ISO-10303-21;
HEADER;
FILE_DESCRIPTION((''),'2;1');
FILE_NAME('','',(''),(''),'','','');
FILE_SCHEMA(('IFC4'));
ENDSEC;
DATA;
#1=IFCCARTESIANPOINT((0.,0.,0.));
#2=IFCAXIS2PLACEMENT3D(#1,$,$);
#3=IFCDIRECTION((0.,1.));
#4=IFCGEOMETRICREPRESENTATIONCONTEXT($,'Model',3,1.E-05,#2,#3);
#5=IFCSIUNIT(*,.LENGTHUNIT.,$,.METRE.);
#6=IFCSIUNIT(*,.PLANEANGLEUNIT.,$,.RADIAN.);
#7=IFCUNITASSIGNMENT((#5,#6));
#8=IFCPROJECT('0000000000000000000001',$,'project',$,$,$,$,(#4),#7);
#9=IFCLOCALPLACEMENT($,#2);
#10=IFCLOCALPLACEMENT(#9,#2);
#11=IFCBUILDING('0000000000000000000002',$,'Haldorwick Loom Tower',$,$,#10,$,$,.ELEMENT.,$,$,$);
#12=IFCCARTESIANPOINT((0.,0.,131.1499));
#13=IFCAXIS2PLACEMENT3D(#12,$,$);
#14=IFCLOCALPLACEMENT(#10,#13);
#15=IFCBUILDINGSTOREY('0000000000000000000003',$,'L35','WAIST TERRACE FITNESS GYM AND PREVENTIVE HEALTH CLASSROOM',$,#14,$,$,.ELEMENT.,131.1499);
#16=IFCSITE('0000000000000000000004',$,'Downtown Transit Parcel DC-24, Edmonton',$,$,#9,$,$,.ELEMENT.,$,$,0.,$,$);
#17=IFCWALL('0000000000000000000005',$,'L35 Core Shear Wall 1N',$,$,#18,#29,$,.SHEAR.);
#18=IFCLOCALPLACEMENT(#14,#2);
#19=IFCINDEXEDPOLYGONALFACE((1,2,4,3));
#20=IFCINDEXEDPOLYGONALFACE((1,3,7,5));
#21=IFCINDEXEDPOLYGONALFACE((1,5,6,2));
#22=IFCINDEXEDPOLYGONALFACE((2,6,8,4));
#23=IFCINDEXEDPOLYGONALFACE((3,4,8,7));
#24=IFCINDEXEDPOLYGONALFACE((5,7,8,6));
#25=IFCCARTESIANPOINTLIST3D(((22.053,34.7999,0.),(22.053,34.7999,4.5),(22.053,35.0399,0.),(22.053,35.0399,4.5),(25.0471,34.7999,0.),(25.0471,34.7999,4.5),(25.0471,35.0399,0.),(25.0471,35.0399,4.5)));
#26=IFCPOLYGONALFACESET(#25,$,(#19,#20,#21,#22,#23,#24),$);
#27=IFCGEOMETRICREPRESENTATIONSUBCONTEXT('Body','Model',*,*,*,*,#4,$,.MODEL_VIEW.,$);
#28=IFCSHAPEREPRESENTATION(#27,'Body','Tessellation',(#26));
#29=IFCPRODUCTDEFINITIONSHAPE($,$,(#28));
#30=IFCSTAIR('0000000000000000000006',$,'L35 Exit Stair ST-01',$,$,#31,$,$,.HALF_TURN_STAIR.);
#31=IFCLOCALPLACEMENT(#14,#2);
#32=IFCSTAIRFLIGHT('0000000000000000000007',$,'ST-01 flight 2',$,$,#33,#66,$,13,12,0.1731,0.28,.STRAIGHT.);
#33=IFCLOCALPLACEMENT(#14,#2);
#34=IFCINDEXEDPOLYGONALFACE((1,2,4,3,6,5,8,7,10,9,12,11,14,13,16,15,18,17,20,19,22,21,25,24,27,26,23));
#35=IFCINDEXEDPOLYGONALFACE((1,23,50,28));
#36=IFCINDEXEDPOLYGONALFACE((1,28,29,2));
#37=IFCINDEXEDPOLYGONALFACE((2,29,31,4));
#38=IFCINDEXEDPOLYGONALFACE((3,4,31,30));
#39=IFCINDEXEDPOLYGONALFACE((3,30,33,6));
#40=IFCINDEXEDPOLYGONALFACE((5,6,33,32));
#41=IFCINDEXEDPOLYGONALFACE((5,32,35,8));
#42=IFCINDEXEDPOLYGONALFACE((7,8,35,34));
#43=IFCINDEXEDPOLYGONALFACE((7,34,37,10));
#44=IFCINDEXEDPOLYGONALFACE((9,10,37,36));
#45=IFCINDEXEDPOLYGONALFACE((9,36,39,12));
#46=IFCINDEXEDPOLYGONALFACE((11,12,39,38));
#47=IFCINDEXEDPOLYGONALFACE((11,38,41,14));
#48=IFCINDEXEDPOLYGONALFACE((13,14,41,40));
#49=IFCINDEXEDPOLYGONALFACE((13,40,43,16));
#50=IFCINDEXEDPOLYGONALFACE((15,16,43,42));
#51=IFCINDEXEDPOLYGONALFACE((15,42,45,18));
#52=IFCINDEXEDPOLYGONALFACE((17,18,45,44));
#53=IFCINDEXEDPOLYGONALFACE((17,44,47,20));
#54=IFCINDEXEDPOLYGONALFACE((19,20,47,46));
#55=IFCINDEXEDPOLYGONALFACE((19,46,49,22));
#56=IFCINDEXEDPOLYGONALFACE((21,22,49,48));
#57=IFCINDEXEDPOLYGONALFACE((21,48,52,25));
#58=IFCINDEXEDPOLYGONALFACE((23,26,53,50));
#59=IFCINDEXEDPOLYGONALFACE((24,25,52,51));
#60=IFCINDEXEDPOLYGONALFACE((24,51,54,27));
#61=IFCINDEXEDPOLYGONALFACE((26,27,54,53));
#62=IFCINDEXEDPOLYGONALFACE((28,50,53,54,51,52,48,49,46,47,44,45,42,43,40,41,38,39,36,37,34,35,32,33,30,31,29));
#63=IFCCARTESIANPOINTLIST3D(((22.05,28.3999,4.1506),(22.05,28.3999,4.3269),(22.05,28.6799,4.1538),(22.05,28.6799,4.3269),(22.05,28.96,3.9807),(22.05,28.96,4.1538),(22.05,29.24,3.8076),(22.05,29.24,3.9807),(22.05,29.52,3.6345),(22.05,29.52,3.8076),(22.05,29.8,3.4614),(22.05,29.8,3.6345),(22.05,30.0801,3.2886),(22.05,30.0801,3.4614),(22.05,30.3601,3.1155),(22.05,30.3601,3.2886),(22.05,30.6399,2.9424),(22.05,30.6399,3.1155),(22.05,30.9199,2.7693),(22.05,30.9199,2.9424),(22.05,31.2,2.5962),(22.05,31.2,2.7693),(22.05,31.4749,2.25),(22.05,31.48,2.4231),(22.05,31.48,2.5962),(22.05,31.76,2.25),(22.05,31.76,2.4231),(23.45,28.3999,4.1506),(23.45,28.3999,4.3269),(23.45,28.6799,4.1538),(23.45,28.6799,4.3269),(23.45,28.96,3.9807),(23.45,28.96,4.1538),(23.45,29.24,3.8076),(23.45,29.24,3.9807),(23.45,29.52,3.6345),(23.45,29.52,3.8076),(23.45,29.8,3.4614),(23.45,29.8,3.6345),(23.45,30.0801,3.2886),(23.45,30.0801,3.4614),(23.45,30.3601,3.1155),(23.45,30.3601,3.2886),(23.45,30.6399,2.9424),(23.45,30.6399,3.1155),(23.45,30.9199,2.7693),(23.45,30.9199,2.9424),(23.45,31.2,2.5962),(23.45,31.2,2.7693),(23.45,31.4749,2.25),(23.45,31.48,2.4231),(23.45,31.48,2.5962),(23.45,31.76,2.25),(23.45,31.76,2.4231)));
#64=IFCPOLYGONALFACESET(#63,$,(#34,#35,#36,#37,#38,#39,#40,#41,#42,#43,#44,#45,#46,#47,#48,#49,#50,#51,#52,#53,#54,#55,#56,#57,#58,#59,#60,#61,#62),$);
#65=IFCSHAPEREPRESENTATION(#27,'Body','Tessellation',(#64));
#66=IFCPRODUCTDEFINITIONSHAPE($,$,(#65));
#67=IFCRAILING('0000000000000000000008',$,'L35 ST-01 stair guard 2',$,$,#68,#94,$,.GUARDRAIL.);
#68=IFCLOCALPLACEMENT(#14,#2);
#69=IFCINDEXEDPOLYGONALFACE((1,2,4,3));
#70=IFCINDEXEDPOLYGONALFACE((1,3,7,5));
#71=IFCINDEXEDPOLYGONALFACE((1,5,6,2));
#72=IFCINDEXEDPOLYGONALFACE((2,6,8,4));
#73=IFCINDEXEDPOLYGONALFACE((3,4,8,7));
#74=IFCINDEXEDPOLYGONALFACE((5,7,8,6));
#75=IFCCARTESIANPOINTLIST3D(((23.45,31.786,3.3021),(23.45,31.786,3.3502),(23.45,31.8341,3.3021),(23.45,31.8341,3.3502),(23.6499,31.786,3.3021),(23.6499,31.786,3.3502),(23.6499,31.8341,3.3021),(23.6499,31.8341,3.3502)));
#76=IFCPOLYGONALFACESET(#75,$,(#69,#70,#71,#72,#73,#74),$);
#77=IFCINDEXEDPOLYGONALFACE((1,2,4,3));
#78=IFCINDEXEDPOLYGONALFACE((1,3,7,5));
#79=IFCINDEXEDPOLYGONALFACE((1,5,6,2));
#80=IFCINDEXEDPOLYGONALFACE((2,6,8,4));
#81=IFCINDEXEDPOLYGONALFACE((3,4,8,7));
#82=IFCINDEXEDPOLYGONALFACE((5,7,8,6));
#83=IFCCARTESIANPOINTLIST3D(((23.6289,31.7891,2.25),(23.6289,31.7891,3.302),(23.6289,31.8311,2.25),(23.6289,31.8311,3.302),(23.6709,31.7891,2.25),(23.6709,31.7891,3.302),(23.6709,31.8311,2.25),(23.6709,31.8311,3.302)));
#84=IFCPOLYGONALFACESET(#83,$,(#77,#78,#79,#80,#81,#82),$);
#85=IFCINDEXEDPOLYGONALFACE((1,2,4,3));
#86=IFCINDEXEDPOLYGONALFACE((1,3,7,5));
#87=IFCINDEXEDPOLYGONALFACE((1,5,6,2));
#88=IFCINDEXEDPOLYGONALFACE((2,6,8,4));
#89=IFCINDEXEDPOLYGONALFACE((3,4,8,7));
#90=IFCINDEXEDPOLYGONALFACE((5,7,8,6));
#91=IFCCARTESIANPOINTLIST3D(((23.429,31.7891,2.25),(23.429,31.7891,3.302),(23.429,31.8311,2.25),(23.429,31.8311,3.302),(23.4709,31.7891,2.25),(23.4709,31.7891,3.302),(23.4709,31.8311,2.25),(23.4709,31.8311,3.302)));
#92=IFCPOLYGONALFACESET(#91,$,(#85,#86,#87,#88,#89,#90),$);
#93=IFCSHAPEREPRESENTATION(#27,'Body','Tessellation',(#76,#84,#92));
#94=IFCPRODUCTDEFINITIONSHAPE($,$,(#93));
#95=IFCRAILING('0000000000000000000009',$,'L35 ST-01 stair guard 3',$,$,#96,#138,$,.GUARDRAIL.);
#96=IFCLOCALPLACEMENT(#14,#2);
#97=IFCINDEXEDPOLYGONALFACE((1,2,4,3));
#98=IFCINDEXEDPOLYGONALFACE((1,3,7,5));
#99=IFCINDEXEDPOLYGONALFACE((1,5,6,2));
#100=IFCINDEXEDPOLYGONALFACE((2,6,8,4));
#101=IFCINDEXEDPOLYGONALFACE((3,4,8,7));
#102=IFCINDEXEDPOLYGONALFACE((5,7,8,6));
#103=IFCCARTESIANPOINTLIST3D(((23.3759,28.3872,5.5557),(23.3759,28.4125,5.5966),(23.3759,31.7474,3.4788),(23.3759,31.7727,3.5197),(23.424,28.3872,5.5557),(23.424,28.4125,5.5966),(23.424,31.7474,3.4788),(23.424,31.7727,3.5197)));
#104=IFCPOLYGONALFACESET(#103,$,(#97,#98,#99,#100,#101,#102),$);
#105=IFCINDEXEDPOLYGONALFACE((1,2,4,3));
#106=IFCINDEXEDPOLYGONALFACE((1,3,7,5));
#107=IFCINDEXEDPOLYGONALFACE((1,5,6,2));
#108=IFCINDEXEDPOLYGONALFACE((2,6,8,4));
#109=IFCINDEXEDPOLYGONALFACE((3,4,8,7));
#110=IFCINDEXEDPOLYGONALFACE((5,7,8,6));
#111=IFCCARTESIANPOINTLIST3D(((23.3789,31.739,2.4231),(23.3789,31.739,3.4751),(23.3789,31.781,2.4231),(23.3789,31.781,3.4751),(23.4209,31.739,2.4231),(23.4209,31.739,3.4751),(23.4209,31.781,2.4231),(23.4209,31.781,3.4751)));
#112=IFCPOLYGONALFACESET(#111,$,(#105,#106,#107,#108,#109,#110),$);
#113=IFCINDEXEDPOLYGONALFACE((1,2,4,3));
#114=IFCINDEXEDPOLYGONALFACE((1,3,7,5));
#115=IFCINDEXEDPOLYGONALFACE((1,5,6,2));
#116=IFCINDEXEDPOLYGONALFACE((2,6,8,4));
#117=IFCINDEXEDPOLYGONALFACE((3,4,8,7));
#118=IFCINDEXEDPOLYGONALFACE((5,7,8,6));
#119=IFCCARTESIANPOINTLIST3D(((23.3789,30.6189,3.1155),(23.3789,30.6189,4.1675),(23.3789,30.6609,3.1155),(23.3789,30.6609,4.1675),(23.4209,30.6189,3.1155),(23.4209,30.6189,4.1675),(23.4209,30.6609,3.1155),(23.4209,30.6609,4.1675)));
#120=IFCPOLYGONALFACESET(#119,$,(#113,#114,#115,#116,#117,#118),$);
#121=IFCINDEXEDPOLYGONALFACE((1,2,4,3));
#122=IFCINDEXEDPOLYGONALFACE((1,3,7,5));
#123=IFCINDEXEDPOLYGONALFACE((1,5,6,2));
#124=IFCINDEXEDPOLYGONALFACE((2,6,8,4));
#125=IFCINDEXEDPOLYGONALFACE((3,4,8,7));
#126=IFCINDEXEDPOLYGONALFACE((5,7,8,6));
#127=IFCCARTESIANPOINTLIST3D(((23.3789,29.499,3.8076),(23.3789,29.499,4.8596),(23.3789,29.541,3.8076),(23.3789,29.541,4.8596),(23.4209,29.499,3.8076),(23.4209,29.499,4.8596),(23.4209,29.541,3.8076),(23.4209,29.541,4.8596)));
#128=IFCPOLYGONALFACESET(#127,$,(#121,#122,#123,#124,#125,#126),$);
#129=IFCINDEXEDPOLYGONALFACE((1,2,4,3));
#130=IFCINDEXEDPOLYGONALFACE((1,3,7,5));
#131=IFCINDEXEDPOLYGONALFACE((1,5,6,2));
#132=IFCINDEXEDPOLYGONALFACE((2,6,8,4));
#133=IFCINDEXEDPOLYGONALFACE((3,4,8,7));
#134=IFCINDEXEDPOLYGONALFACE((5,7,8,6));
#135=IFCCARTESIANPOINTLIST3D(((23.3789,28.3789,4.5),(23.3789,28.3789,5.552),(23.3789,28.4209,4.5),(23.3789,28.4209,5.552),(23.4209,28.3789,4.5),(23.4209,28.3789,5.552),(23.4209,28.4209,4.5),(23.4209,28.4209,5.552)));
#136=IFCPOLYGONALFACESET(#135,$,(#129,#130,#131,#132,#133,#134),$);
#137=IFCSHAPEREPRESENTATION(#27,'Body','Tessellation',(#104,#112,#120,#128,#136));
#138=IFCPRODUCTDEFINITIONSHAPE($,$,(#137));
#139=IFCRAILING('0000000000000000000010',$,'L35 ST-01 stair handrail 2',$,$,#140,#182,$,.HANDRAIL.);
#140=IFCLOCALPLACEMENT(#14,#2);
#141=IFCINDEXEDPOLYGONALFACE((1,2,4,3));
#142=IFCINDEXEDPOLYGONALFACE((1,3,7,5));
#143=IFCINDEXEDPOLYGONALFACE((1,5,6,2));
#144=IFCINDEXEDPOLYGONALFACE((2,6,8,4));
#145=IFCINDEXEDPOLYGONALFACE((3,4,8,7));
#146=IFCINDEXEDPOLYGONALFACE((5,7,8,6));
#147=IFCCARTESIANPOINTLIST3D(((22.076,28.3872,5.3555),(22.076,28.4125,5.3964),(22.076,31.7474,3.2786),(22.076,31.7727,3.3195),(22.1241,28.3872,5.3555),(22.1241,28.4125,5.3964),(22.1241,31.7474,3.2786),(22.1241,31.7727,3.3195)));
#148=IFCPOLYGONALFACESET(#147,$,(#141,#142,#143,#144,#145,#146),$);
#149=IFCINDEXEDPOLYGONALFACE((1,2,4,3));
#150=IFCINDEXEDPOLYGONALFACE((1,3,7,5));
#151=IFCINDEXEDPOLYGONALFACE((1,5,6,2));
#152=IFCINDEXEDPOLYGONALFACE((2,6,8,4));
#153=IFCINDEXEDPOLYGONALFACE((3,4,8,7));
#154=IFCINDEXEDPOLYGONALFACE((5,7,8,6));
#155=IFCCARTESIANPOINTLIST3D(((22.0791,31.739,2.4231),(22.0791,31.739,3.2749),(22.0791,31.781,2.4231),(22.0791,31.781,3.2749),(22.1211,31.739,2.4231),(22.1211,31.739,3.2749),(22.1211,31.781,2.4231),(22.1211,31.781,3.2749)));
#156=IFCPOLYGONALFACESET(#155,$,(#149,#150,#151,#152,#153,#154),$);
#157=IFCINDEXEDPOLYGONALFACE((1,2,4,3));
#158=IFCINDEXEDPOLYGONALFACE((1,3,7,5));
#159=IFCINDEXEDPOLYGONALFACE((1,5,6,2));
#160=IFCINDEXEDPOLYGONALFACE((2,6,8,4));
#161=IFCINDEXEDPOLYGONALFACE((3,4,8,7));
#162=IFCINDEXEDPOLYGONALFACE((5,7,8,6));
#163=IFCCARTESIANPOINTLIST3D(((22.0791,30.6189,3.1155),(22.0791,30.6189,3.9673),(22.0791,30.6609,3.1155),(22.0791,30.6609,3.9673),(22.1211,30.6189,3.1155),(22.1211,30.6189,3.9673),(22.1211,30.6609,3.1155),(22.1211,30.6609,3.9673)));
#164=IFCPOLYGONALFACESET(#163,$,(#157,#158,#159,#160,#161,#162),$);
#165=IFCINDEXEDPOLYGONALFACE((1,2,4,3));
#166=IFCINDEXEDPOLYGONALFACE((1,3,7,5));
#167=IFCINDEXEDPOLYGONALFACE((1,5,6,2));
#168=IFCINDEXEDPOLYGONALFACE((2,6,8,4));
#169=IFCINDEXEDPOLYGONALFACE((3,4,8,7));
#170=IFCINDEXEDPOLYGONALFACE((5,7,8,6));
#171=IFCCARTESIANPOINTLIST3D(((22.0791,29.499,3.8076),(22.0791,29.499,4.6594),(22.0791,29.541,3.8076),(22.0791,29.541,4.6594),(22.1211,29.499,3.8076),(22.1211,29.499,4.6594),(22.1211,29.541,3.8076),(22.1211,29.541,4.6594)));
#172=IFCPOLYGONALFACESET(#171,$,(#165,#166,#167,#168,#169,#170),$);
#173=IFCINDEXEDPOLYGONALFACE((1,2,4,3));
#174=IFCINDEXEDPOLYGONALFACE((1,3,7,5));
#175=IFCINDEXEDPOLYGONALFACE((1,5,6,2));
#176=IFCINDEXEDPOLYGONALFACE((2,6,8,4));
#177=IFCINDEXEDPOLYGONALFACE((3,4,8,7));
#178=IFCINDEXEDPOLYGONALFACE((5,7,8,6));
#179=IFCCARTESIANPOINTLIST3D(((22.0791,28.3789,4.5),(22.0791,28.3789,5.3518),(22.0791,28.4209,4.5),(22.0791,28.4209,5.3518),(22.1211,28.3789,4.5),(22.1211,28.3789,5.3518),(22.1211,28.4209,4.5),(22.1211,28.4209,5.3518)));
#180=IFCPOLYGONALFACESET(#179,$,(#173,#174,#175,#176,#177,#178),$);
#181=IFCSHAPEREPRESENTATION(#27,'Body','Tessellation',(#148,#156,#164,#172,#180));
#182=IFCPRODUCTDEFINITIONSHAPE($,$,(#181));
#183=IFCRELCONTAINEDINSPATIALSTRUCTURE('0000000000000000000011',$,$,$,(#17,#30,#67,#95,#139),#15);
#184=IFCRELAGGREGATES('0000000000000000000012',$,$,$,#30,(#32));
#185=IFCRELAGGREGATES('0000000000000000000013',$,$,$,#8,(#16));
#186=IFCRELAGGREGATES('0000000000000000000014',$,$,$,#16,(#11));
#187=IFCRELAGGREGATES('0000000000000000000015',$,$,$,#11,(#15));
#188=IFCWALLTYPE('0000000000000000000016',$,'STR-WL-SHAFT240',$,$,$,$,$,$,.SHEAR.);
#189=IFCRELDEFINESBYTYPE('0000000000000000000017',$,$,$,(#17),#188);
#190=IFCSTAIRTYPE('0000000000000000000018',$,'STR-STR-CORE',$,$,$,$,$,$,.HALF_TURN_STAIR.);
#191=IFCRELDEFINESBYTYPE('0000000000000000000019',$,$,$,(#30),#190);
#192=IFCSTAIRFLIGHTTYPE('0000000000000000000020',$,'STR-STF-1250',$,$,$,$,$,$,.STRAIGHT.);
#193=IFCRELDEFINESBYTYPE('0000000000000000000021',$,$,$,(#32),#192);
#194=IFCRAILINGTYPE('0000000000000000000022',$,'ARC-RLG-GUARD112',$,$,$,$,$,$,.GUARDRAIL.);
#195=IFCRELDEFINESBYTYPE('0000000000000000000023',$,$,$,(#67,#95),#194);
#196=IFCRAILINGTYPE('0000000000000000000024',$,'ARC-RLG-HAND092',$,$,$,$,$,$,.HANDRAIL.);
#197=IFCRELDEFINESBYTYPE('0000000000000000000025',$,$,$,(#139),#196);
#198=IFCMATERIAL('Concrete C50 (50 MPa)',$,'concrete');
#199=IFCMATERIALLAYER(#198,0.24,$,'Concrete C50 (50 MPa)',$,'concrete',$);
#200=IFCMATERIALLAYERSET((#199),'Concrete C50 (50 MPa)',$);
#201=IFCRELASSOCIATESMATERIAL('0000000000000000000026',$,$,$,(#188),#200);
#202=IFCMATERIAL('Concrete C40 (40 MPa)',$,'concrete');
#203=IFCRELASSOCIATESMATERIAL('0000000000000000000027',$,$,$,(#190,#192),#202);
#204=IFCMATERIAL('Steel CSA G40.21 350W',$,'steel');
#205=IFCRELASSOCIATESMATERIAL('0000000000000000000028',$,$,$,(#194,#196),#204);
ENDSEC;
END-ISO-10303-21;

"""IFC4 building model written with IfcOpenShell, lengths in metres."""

from ifc_helpers import new_model, si_unit, direction, frame, frame_2d, origin, origin_2d, place, context, subcontext, project, spatial, polyline, rectangle, outline, extrude, material, layer, layer_set, type_object, element, aggregate, save


model = new_model("IFC4")

# Units and contexts
model_context = context("Model", 3, precision=1e-05, world=origin(), true_north=direction((0.0, 1.0)))
body_context = subcontext(model_context, "Body", "Model", "MODEL_VIEW")
ifc_project = project(units=[si_unit("LENGTHUNIT", "METRE"), si_unit("PLANEANGLEUNIT", "RADIAN")], contexts=[model_context])

# Site, building, storey
site_placement = place(None, origin())
site = spatial("IfcSite", under=ifc_project, at=site_placement, Name="Downtown Transit Parcel DC-24, Edmonton", CompositionType="ELEMENT", RefElevation=0.0)
building_placement = place(site_placement, origin())
building = spatial("IfcBuilding", under=site, at=building_placement, Name="Haldorwick Loom Tower", CompositionType="ELEMENT")
storey_placement = place(building_placement, frame((0.0, 0.0, 131.1499)))
storey = spatial("IfcBuildingStorey", under=building, at=storey_placement, Name="L35", Description="WAIST TERRACE FITNESS GYM AND PREVENTIVE HEALTH CLASSROOM", CompositionType="ELEMENT", Elevation=131.1499)

# Shared definitions
ifc_material_1 = material(Name="Steel CSA G40.21 350W", Category="steel")

# Wall
ifc_material_2 = material(Name="Concrete C50 (50 MPa)", Category="concrete")
ifc_layer_1 = layer(ifc_material_2, 0.24, Name="Concrete C50 (50 MPa)", Category="concrete")
ifc_layer_set_1 = layer_set([ifc_layer_1], Name="Concrete C50 (50 MPa)")
wall_type_1 = type_object("IfcWallType", Name="STR-WL-SHAFT240", PredefinedType="SHEAR", material=ifc_layer_set_1)
wall_1_placement = place(storey_placement, frame((22.053, 34.9199, 0.0), z_axis=(0.0, 0.0, 1.0), x_axis=(1.0, 0.0, 0.0)))
element("IfcWall", 1, at=wall_1_placement, inside=storey, type_object=wall_type_1, Name="L35 Core Shear Wall 1N", PredefinedType="SHEAR", context=body_context, shape_type="SweptSolid", body=[
    extrude(rectangle(XDim=2.9941, YDim=0.24, at=frame_2d((1.4971, 0.0))), origin(), (0.0, 0.0, 1.0), 4.5),
])

# Stair, stair flight
ifc_material_3 = material(Name="Concrete C40 (40 MPa)", Category="concrete")
stair_type = type_object("IfcStairType", Name="STR-STR-CORE", PredefinedType="HALF_TURN_STAIR", material=ifc_material_3)
stair_placement = place(storey_placement, origin())
stair = element("IfcStair", 2, at=stair_placement, inside=storey, type_object=stair_type, Name="L35 Exit Stair ST-01", PredefinedType="HALF_TURN_STAIR")
stair_flight_type = type_object("IfcStairFlightType", Name="STR-STF-1250", PredefinedType="STRAIGHT", material=ifc_material_3)
stair_flight_placement = place(storey_placement, frame((22.75, 31.76, 2.25), z_axis=(0.0, 0.0, 1.0), x_axis=(0.0, -1.0, 0.0)))
stair_flight = element("IfcStairFlight", 3, at=stair_flight_placement, type_object=stair_flight_type, Name="ST-01 flight 2", NumberOfRisers=13, NumberOfTreads=12, PredefinedType="STRAIGHT", RiserHeight=0.1731, TreadLength=0.28, context=body_context, shape_type="SweptSolid", body=[
    extrude(outline(polyline([(0.0, 0.0), (0.0, 0.1731), (0.28, 0.1731), (0.28, 0.3462), (0.5601, 0.3462), (0.5601, 0.5193), (0.8401, 0.5193), (0.8401, 0.6924), (1.1201, 0.6924), (1.1201, 0.8655), (1.3999, 0.8655), (1.3999, 1.0386), (1.6799, 1.0386), (1.6799, 1.2114), (1.96, 1.2114), (1.96, 1.3845), (2.24, 1.3845), (2.24, 1.5576), (2.52, 1.5576), (2.52, 1.7307), (2.8, 1.7307), (2.8, 1.9038), (3.0801, 1.9038), (3.0801, 2.0769), (3.3601, 2.0769), (3.3601, 2.25), (3.3601, 1.9006), (0.2852, 0.0), (0.0, 0.0)])), frame((0.0, 0.7, 0.0), z_axis=(0.0, -1.0, 0.0), x_axis=(1.0, 0.0, 0.0)), (0.0, 0.0, 1.0), 1.3999),
])
aggregate(stair, [stair_flight])

# Railings
railing_type_1 = type_object("IfcRailingType", Name="ARC-RLG-GUARD112", PredefinedType="GUARDRAIL", material=ifc_material_1)
railing_1_placement = place(storey_placement, frame((23.6499, 31.8101, 2.25)))
element("IfcRailing", 4, at=railing_1_placement, inside=storey, type_object=railing_type_1, Name="L35 ST-01 stair guard 2", PredefinedType="GUARDRAIL", context=body_context, shape_type="SweptSolid", body=[
    extrude(rectangle(XDim=0.0481, YDim=0.0481, at=origin_2d()), frame((0.0, 0.0, 1.0762), z_axis=(-1.0, 0.0, 0.0), x_axis=(0.0, -1.0, 0.0)), (0.0, 0.0, 1.0), 0.2),
    extrude(rectangle(XDim=0.042, YDim=0.042, at=origin_2d()), origin(), (0.0, 0.0, 1.0), 1.052),
    extrude(rectangle(XDim=0.042, YDim=0.042, at=origin_2d()), frame((-0.2, 0.0, 0.0)), (0.0, 0.0, 1.0), 1.052),
])
railing_2_placement = place(storey_placement, frame((23.3999, 31.76, 2.4231)))
element("IfcRailing", 5, at=railing_2_placement, inside=storey, type_object=railing_type_1, Name="L35 ST-01 stair guard 3", PredefinedType="GUARDRAIL", context=body_context, shape_type="SweptSolid", body=[
    extrude(rectangle(XDim=0.0481, YDim=0.0481, at=origin_2d()), frame((0.0, 0.0, 1.0762), z_axis=(0.0, -0.850623, 0.525776), x_axis=(1.0, 0.0, 0.0)), (0.0, 0.0, 1.0), 3.9502),
    extrude(rectangle(XDim=0.042, YDim=0.042, at=origin_2d()), origin(), (0.0, 0.0, 1.0), 1.052),
    extrude(rectangle(XDim=0.042, YDim=0.042, at=origin_2d()), frame((0.0, -1.1201, 0.6924)), (0.0, 0.0, 1.0), 1.052),
    extrude(rectangle(XDim=0.042, YDim=0.042, at=origin_2d()), frame((0.0, -2.24, 1.3845)), (0.0, 0.0, 1.0), 1.052),
    extrude(rectangle(XDim=0.042, YDim=0.042, at=origin_2d()), frame((0.0, -3.3601, 2.0769)), (0.0, 0.0, 1.0), 1.052),
])
railing_type_2 = type_object("IfcRailingType", Name="ARC-RLG-HAND092", PredefinedType="HANDRAIL", material=ifc_material_1)
railing_3_placement = place(storey_placement, frame((22.1001, 31.76, 2.4231)))
element("IfcRailing", 6, at=railing_3_placement, inside=storey, type_object=railing_type_2, Name="L35 ST-01 stair handrail 2", PredefinedType="HANDRAIL", context=body_context, shape_type="SweptSolid", body=[
    extrude(rectangle(XDim=0.0481, YDim=0.0481, at=origin_2d()), frame((0.0, 0.0, 0.876), z_axis=(0.0, -0.850623, 0.525776), x_axis=(1.0, 0.0, 0.0)), (0.0, 0.0, 1.0), 3.9502),
    extrude(rectangle(XDim=0.042, YDim=0.042, at=origin_2d()), origin(), (0.0, 0.0, 1.0), 0.8518),
    extrude(rectangle(XDim=0.042, YDim=0.042, at=origin_2d()), frame((0.0, -1.1201, 0.6924)), (0.0, 0.0, 1.0), 0.8518),
    extrude(rectangle(XDim=0.042, YDim=0.042, at=origin_2d()), frame((0.0, -2.24, 1.3845)), (0.0, 0.0, 1.0), 0.8518),
    extrude(rectangle(XDim=0.042, YDim=0.042, at=origin_2d()), frame((0.0, -3.3601, 2.0769)), (0.0, 0.0, 1.0), 0.8518),
])

save(model, "model.ifc")
